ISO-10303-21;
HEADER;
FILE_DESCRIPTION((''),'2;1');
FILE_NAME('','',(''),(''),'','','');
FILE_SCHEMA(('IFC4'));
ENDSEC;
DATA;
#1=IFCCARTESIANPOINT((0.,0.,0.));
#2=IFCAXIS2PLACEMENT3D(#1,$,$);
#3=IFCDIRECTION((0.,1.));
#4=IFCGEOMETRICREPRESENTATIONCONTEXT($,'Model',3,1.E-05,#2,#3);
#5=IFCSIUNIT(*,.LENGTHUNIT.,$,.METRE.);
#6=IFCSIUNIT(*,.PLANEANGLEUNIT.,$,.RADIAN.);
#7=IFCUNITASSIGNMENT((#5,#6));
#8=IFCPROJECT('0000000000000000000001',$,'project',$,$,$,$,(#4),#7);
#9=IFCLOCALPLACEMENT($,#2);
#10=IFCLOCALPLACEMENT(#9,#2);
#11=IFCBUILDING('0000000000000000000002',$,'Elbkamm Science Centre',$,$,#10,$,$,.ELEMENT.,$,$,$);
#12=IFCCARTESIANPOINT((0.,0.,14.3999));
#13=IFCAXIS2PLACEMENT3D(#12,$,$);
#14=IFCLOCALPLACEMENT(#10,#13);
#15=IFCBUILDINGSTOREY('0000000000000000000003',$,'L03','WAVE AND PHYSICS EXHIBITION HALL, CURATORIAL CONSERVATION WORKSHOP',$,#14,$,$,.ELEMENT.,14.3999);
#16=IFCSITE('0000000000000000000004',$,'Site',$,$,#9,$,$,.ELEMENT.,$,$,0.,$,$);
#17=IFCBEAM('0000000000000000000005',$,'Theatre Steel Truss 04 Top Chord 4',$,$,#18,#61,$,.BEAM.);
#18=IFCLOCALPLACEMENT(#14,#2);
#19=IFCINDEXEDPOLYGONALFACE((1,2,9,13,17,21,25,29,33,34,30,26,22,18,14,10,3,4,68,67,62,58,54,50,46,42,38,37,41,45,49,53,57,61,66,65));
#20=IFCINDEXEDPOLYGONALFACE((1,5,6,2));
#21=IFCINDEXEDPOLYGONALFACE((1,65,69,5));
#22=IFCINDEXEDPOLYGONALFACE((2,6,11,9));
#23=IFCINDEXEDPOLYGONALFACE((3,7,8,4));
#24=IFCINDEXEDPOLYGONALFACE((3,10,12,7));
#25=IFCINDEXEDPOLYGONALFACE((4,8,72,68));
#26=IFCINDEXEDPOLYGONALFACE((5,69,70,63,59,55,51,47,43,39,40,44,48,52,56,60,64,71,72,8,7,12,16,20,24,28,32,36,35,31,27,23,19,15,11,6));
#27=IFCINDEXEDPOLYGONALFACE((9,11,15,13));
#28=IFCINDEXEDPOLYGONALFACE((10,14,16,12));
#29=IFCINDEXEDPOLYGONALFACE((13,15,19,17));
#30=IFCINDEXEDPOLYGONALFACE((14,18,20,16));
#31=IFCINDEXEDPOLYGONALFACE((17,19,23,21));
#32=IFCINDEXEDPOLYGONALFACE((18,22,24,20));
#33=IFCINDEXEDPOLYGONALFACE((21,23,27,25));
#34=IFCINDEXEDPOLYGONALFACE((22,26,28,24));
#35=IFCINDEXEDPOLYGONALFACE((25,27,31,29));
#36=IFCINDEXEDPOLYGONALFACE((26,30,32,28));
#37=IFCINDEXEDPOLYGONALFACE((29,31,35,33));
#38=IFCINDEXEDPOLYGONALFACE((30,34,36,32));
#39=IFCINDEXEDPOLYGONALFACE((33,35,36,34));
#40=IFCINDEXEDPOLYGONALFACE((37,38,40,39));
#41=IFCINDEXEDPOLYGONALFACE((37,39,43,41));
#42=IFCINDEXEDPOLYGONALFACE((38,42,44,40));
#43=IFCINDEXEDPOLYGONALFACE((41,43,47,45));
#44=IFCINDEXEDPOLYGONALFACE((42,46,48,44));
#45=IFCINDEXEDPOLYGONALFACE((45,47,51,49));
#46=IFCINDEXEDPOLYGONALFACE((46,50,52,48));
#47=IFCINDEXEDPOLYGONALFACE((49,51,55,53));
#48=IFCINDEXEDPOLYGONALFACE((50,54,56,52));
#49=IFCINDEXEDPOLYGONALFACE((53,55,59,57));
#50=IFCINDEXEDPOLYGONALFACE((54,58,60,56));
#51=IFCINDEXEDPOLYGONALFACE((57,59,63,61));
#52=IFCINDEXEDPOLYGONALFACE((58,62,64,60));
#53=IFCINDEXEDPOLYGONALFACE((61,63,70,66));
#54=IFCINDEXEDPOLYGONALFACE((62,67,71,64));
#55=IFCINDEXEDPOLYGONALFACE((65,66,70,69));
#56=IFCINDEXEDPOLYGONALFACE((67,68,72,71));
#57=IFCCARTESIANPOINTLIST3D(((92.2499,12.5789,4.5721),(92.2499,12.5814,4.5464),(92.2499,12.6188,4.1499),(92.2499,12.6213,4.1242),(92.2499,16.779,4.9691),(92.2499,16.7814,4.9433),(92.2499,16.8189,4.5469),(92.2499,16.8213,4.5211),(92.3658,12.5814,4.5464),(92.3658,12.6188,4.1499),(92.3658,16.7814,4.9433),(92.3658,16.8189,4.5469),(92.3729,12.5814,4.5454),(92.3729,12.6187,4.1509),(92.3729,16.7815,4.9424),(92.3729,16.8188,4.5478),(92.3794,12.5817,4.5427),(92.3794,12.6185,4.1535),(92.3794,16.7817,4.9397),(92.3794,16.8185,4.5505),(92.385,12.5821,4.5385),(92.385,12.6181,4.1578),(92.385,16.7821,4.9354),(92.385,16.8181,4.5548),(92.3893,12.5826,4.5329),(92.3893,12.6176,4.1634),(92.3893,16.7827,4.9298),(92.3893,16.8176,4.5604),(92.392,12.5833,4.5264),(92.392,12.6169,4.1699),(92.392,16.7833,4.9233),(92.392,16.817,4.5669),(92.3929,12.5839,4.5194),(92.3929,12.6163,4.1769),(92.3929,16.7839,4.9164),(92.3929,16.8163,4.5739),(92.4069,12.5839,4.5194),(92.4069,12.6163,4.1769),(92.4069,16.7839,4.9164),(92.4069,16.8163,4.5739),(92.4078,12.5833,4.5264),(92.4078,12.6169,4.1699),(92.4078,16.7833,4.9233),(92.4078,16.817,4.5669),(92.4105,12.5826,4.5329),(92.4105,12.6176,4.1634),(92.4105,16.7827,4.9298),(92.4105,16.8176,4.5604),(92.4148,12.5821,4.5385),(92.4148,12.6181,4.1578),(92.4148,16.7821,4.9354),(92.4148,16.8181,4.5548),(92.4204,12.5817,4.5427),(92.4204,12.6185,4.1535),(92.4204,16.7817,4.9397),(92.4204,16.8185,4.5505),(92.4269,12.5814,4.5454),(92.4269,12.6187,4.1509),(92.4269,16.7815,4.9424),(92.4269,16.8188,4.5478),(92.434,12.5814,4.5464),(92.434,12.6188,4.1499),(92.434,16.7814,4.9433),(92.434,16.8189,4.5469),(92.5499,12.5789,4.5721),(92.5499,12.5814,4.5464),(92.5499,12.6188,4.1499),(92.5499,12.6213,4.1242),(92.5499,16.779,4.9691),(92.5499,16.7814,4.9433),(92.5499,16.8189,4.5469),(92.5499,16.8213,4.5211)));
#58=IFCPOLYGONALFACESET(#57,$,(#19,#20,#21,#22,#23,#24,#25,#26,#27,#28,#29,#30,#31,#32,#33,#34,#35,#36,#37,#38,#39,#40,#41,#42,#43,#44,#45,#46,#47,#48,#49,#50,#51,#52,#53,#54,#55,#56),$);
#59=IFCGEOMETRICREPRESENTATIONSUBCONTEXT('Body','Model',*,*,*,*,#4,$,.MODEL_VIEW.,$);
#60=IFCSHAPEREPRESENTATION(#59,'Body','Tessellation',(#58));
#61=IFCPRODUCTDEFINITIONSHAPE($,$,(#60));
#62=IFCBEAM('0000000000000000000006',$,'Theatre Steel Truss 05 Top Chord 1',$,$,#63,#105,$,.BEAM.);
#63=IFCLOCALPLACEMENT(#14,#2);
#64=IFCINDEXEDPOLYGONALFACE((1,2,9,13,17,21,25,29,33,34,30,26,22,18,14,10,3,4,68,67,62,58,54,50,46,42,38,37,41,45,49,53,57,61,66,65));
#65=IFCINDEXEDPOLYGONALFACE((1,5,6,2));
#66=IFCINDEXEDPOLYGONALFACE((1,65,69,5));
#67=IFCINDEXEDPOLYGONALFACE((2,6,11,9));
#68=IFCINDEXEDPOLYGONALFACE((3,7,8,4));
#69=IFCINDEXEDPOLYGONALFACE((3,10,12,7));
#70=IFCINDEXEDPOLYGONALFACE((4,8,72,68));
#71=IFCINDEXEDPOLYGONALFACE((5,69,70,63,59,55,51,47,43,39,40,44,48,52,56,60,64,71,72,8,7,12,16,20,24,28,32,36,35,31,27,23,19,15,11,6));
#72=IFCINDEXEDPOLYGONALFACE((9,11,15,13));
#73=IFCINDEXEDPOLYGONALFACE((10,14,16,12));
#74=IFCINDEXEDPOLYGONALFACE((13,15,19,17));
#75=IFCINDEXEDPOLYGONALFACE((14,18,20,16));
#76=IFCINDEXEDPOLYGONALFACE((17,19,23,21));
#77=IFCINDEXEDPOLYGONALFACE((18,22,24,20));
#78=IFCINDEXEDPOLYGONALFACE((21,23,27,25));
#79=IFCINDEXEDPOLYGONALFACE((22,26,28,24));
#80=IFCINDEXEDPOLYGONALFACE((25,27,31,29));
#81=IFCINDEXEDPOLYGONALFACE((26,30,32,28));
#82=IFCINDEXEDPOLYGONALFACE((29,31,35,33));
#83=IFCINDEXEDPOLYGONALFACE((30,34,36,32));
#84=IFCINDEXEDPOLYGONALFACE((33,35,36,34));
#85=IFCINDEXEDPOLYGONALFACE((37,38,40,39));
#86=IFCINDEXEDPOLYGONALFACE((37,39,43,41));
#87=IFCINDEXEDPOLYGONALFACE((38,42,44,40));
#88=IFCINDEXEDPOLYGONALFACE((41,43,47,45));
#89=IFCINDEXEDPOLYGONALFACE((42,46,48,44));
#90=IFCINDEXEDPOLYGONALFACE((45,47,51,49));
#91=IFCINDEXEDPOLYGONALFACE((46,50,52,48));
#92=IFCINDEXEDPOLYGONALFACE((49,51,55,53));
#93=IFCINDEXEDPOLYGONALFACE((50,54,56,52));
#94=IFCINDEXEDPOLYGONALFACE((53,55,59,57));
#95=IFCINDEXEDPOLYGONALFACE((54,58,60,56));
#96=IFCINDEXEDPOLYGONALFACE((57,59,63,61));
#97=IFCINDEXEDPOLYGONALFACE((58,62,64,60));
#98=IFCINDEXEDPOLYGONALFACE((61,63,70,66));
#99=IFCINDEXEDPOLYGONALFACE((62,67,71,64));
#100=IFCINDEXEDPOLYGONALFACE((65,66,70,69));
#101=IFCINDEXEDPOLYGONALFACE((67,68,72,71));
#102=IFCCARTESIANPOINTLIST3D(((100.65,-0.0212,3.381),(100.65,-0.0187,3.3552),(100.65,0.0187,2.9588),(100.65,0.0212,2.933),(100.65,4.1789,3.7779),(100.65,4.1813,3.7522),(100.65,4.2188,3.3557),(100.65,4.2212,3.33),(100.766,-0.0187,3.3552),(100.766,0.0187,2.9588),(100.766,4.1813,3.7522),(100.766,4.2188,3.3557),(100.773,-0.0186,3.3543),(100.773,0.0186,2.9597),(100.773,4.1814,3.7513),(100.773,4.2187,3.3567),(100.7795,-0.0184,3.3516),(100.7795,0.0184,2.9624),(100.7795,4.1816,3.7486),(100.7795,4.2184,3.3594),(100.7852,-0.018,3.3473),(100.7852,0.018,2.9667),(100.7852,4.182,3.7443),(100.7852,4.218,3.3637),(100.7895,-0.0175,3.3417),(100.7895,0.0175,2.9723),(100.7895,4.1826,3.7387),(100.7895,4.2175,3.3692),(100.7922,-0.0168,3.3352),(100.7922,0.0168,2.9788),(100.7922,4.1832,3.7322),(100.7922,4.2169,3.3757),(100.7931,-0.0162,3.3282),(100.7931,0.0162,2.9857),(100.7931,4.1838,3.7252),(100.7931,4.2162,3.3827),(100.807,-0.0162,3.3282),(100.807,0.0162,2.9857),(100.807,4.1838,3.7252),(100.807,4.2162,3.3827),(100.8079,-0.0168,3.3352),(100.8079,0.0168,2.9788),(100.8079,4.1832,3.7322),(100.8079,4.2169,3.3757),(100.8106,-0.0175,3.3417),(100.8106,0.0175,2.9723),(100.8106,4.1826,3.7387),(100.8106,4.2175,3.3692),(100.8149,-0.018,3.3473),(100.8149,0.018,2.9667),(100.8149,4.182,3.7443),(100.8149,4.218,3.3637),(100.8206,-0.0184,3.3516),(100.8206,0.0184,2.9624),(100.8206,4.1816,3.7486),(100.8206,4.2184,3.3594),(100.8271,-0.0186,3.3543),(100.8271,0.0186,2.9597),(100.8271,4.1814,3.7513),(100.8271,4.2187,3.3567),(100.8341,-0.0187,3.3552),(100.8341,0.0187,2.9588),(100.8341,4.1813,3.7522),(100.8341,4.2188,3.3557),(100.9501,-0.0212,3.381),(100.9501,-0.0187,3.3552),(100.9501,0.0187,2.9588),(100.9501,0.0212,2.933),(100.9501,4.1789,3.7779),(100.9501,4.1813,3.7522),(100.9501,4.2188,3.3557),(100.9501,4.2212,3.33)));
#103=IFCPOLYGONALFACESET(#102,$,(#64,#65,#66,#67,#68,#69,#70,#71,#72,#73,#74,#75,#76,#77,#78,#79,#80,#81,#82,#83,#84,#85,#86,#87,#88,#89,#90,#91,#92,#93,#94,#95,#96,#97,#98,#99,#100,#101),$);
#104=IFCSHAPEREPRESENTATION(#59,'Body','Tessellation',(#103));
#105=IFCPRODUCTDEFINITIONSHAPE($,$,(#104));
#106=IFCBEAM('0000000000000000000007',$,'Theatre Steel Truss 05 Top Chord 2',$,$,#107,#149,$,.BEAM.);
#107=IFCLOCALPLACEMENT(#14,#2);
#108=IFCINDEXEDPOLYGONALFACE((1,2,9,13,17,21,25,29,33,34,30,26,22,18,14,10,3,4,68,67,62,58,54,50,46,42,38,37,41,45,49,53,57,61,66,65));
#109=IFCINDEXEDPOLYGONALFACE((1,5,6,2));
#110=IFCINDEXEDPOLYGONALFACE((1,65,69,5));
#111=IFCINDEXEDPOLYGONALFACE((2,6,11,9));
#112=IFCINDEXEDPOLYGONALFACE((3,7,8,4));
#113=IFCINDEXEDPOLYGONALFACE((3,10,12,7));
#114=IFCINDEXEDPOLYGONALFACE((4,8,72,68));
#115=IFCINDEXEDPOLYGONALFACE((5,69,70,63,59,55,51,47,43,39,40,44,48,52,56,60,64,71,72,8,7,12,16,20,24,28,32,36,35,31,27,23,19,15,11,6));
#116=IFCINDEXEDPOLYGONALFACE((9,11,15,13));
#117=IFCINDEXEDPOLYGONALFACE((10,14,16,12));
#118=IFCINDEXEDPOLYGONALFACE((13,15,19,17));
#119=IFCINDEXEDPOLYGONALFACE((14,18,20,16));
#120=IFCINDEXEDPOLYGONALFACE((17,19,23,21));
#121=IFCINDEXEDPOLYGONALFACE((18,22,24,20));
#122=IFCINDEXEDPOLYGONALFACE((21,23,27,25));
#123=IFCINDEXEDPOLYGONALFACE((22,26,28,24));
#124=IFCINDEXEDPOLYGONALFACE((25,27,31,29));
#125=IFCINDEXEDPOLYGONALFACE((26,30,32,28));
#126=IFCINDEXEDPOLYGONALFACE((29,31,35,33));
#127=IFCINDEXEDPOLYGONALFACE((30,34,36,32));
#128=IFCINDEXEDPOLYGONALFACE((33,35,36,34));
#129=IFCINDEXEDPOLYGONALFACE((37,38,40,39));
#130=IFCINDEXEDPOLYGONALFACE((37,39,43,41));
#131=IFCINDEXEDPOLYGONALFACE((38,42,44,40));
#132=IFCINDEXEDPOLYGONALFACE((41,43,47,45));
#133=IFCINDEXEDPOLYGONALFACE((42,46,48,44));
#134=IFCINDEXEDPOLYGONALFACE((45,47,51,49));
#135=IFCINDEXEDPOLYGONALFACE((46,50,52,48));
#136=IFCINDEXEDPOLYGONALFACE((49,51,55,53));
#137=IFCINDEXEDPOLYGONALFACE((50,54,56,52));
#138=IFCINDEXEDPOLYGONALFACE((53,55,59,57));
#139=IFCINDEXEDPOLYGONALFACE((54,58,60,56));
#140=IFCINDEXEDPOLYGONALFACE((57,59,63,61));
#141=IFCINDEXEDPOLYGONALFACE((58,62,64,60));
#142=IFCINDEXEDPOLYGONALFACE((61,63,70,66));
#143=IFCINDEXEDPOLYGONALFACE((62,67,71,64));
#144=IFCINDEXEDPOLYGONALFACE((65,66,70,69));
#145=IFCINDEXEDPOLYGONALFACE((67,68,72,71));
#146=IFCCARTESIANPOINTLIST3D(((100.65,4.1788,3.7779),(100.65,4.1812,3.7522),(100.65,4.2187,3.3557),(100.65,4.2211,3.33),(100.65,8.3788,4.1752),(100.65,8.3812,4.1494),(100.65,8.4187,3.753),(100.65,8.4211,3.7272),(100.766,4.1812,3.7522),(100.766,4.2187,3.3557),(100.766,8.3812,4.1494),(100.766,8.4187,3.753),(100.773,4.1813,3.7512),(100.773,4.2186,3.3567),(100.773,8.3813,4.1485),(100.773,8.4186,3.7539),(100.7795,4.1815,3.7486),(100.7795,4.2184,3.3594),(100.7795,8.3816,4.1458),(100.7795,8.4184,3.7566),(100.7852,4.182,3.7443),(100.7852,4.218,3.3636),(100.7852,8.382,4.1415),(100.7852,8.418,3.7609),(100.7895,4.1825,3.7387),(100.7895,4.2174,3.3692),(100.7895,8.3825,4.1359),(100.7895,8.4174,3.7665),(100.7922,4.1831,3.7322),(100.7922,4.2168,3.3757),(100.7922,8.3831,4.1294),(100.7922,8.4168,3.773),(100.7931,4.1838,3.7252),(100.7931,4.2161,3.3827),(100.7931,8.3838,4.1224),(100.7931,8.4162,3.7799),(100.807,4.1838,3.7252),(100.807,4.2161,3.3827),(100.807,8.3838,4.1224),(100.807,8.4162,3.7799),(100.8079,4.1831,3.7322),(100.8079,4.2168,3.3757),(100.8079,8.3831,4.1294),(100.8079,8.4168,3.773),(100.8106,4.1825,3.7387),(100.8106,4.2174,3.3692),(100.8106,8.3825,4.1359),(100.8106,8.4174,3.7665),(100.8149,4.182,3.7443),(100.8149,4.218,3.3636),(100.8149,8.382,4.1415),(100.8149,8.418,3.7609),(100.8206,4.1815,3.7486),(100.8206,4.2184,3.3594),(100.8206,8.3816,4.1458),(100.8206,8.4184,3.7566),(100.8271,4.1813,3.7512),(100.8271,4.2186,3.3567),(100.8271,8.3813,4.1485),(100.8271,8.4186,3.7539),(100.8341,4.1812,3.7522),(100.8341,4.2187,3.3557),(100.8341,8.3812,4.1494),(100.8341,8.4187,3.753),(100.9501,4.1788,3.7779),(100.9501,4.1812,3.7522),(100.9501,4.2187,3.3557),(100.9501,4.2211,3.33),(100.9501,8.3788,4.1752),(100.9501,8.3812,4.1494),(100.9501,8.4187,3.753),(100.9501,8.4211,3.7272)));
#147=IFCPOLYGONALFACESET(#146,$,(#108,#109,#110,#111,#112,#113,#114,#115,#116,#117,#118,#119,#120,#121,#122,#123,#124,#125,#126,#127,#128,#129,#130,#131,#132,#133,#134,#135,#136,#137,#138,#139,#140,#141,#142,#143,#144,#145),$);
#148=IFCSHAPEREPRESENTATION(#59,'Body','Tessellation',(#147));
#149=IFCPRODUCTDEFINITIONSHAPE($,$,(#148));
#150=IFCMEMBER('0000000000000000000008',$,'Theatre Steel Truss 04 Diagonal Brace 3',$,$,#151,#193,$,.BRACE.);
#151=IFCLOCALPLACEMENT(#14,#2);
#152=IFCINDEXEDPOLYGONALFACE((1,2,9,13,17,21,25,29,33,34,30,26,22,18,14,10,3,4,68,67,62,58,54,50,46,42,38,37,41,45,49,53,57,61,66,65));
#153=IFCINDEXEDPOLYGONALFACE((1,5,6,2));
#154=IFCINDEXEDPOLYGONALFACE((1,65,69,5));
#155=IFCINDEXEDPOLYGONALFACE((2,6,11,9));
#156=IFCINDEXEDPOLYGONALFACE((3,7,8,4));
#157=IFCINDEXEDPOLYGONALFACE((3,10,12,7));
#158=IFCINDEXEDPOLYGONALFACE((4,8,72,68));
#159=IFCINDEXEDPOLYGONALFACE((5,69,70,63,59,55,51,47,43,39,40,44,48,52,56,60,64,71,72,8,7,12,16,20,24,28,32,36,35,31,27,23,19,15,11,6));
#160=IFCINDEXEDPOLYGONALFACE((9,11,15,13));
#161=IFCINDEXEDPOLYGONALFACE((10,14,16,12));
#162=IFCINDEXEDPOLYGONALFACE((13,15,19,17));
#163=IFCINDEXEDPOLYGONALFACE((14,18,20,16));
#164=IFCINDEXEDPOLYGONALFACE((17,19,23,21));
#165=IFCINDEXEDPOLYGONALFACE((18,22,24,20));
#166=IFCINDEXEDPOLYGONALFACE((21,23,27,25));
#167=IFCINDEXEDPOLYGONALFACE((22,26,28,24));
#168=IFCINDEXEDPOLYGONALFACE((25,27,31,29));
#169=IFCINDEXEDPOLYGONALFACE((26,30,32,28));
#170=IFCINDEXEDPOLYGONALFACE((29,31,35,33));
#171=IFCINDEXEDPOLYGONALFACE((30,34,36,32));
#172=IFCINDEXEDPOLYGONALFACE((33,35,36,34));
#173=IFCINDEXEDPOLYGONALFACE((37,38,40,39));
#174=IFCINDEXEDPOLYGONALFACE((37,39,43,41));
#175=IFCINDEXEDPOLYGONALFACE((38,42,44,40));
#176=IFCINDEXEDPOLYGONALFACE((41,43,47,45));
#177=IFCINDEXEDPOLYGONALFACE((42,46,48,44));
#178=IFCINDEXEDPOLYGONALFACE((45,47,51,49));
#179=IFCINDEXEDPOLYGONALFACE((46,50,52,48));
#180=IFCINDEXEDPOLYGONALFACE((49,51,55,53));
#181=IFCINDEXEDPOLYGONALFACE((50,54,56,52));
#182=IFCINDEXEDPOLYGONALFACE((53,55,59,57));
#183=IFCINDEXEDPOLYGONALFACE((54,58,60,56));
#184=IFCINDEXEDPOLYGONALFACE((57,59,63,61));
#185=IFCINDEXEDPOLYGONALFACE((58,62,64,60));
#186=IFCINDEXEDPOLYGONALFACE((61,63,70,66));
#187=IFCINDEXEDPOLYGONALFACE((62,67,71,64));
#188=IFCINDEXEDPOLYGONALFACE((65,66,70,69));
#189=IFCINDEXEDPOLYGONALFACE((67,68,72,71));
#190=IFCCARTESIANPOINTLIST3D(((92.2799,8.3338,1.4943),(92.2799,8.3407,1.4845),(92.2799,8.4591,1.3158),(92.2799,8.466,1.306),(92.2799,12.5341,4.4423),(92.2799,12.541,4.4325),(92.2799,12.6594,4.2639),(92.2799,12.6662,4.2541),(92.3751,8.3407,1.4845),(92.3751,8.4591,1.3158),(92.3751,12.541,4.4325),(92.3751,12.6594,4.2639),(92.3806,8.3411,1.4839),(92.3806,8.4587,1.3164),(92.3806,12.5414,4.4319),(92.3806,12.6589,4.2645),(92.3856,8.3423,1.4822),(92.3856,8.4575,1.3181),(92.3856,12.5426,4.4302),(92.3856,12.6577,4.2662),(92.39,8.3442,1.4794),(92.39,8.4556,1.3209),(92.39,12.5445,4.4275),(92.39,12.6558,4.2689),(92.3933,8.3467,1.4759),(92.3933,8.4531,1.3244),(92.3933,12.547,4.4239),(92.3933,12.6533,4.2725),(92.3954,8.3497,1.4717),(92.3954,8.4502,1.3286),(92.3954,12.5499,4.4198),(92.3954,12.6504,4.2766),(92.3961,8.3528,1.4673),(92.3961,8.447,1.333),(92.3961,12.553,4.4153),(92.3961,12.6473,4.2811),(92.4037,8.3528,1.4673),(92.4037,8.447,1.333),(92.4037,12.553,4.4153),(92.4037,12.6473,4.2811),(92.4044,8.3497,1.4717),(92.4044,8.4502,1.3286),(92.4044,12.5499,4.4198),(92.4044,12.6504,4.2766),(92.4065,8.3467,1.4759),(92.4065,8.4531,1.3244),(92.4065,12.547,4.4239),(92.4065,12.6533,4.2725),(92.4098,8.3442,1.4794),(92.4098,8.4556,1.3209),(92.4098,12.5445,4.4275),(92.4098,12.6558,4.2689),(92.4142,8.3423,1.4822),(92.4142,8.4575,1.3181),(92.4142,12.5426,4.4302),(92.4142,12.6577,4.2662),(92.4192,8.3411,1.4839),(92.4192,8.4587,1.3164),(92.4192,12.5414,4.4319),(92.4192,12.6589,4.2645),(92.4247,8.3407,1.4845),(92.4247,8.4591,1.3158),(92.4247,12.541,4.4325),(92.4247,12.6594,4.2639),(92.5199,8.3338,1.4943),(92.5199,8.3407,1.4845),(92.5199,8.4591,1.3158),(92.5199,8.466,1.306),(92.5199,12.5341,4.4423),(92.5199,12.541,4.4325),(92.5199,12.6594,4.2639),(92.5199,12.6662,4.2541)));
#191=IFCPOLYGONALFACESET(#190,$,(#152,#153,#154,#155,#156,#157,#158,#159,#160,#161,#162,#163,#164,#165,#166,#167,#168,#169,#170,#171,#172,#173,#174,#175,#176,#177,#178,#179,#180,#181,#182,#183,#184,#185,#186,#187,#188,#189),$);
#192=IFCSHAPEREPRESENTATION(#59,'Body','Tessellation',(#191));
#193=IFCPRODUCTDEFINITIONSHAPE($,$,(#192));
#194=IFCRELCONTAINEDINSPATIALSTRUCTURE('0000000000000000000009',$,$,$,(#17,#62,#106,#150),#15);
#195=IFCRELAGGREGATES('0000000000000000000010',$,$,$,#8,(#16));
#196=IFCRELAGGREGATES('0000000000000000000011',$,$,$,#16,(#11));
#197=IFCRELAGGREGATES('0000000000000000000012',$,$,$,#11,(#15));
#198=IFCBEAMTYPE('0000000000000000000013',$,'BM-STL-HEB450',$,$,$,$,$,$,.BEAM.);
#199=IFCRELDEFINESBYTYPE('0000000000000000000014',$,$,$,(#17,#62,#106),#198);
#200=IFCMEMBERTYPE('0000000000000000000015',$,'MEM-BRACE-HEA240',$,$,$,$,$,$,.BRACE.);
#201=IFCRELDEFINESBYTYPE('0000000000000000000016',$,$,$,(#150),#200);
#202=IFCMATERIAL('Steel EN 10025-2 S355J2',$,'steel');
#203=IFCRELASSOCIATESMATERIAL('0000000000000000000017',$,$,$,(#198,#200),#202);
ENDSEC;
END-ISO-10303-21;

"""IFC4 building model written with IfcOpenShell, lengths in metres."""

from ifc_helpers import new_model, si_unit, direction, frame, origin, origin_2d, place, context, subcontext, project, spatial, i_section, extrude, material, material_profile, profile_set, type_object, element, save


model = new_model("IFC4")

# Units and contexts
model_context = context("Model", 3, precision=1e-05, world=origin(), true_north=direction((0.0, 1.0)))
body_context = subcontext(model_context, "Body", "Model", "MODEL_VIEW")
ifc_project = project(units=[si_unit("LENGTHUNIT", "METRE"), si_unit("PLANEANGLEUNIT", "RADIAN")], contexts=[model_context])

# Site, building, storey
site_placement = place(None, origin())
site = spatial("IfcSite", under=ifc_project, at=site_placement, Name="Site", CompositionType="ELEMENT", RefElevation=0.0)
building_placement = place(site_placement, origin())
building = spatial("IfcBuilding", under=site, at=building_placement, Name="Elbkamm Science Centre", CompositionType="ELEMENT")
storey_placement = place(building_placement, frame((0.0, 0.0, 14.3999)))
storey = spatial("IfcBuildingStorey", under=building, at=storey_placement, Name="L03", Description="WAVE AND PHYSICS EXHIBITION HALL, CURATORIAL CONSERVATION WORKSHOP", CompositionType="ELEMENT", Elevation=14.3999)

# Beams
ifc_material_1 = material(Name="Steel EN 10025-2 S355J2", Category="steel")
ifc_material_profile_1 = material_profile(ifc_material_1, i_section(OverallWidth=0.3, OverallDepth=0.45, WebThickness=0.0139, FlangeThickness=0.0259, FilletRadius=0.0271, at=origin_2d()), Name="HEB 450")
ifc_profile_set_1 = profile_set([ifc_material_profile_1], Name="Steel EN 10025-2 S355J2")
beam_type_1 = type_object("IfcBeamType", Name="BM-STL-HEB450", PredefinedType="BEAM", material=ifc_profile_set_1)
for number, where, z_axis, x_axis, name in (
    (1, (92.3999, 12.6001, 4.3481), (0.0, 0.995563, 0.094099), (-1.0, 0.0, 0.0), "Theatre Steel Truss 04 Top Chord 4"),
    (2, (100.8, 0.0, 3.157), (0.0, 0.995563, 0.094099), (-1.0, 0.0, 0.0), "Theatre Steel Truss 05 Top Chord 1"),
    (3, (100.8, 4.2, 3.554), (0.0, 0.995557, 0.094156), (-1.0, 0.0, 0.0), "Theatre Steel Truss 05 Top Chord 2"),
):
    element("IfcBeam", number, at=place(storey_placement, frame(where, z_axis=z_axis, x_axis=x_axis)), inside=storey, type_object=beam_type_1, Name=name, PredefinedType="BEAM", context=body_context, shape_type="SweptSolid", body=[
        extrude(i_section(OverallWidth=0.3, OverallDepth=0.45, WebThickness=0.0139, FlangeThickness=0.0259, FilletRadius=0.0271, at=origin_2d()), origin(), (0.0, 0.0, 1.0), 4.2188),
    ])

# Member
ifc_material_profile_2 = material_profile(ifc_material_1, i_section(OverallWidth=0.24, OverallDepth=0.23, WebThickness=0.0076, FlangeThickness=0.012, FilletRadius=0.021, at=origin_2d()), Name="HEA 240")
ifc_profile_set_2 = profile_set([ifc_material_profile_2], Name="Steel EN 10025-2 S355J2")
member_type_1 = type_object("IfcMemberType", Name="MEM-BRACE-HEA240", PredefinedType="BRACE", material=ifc_profile_set_2)
member_1_placement = place(storey_placement, frame((92.3999, 8.3999, 1.4001), z_axis=(0.0, 0.818512, 0.57449), x_axis=(-1.0, 0.0, 0.0)))
element("IfcMember", 4, at=member_1_placement, inside=storey, type_object=member_type_1, Name="Theatre Steel Truss 04 Diagonal Brace 3", PredefinedType="BRACE", context=body_context, shape_type="SweptSolid", body=[
    extrude(i_section(OverallWidth=0.24, OverallDepth=0.23, WebThickness=0.0076, FlangeThickness=0.012, FilletRadius=0.021, at=origin_2d()), origin(), (0.0, 0.0, 1.0), 5.1316),
])

save(model, "model.ifc")
